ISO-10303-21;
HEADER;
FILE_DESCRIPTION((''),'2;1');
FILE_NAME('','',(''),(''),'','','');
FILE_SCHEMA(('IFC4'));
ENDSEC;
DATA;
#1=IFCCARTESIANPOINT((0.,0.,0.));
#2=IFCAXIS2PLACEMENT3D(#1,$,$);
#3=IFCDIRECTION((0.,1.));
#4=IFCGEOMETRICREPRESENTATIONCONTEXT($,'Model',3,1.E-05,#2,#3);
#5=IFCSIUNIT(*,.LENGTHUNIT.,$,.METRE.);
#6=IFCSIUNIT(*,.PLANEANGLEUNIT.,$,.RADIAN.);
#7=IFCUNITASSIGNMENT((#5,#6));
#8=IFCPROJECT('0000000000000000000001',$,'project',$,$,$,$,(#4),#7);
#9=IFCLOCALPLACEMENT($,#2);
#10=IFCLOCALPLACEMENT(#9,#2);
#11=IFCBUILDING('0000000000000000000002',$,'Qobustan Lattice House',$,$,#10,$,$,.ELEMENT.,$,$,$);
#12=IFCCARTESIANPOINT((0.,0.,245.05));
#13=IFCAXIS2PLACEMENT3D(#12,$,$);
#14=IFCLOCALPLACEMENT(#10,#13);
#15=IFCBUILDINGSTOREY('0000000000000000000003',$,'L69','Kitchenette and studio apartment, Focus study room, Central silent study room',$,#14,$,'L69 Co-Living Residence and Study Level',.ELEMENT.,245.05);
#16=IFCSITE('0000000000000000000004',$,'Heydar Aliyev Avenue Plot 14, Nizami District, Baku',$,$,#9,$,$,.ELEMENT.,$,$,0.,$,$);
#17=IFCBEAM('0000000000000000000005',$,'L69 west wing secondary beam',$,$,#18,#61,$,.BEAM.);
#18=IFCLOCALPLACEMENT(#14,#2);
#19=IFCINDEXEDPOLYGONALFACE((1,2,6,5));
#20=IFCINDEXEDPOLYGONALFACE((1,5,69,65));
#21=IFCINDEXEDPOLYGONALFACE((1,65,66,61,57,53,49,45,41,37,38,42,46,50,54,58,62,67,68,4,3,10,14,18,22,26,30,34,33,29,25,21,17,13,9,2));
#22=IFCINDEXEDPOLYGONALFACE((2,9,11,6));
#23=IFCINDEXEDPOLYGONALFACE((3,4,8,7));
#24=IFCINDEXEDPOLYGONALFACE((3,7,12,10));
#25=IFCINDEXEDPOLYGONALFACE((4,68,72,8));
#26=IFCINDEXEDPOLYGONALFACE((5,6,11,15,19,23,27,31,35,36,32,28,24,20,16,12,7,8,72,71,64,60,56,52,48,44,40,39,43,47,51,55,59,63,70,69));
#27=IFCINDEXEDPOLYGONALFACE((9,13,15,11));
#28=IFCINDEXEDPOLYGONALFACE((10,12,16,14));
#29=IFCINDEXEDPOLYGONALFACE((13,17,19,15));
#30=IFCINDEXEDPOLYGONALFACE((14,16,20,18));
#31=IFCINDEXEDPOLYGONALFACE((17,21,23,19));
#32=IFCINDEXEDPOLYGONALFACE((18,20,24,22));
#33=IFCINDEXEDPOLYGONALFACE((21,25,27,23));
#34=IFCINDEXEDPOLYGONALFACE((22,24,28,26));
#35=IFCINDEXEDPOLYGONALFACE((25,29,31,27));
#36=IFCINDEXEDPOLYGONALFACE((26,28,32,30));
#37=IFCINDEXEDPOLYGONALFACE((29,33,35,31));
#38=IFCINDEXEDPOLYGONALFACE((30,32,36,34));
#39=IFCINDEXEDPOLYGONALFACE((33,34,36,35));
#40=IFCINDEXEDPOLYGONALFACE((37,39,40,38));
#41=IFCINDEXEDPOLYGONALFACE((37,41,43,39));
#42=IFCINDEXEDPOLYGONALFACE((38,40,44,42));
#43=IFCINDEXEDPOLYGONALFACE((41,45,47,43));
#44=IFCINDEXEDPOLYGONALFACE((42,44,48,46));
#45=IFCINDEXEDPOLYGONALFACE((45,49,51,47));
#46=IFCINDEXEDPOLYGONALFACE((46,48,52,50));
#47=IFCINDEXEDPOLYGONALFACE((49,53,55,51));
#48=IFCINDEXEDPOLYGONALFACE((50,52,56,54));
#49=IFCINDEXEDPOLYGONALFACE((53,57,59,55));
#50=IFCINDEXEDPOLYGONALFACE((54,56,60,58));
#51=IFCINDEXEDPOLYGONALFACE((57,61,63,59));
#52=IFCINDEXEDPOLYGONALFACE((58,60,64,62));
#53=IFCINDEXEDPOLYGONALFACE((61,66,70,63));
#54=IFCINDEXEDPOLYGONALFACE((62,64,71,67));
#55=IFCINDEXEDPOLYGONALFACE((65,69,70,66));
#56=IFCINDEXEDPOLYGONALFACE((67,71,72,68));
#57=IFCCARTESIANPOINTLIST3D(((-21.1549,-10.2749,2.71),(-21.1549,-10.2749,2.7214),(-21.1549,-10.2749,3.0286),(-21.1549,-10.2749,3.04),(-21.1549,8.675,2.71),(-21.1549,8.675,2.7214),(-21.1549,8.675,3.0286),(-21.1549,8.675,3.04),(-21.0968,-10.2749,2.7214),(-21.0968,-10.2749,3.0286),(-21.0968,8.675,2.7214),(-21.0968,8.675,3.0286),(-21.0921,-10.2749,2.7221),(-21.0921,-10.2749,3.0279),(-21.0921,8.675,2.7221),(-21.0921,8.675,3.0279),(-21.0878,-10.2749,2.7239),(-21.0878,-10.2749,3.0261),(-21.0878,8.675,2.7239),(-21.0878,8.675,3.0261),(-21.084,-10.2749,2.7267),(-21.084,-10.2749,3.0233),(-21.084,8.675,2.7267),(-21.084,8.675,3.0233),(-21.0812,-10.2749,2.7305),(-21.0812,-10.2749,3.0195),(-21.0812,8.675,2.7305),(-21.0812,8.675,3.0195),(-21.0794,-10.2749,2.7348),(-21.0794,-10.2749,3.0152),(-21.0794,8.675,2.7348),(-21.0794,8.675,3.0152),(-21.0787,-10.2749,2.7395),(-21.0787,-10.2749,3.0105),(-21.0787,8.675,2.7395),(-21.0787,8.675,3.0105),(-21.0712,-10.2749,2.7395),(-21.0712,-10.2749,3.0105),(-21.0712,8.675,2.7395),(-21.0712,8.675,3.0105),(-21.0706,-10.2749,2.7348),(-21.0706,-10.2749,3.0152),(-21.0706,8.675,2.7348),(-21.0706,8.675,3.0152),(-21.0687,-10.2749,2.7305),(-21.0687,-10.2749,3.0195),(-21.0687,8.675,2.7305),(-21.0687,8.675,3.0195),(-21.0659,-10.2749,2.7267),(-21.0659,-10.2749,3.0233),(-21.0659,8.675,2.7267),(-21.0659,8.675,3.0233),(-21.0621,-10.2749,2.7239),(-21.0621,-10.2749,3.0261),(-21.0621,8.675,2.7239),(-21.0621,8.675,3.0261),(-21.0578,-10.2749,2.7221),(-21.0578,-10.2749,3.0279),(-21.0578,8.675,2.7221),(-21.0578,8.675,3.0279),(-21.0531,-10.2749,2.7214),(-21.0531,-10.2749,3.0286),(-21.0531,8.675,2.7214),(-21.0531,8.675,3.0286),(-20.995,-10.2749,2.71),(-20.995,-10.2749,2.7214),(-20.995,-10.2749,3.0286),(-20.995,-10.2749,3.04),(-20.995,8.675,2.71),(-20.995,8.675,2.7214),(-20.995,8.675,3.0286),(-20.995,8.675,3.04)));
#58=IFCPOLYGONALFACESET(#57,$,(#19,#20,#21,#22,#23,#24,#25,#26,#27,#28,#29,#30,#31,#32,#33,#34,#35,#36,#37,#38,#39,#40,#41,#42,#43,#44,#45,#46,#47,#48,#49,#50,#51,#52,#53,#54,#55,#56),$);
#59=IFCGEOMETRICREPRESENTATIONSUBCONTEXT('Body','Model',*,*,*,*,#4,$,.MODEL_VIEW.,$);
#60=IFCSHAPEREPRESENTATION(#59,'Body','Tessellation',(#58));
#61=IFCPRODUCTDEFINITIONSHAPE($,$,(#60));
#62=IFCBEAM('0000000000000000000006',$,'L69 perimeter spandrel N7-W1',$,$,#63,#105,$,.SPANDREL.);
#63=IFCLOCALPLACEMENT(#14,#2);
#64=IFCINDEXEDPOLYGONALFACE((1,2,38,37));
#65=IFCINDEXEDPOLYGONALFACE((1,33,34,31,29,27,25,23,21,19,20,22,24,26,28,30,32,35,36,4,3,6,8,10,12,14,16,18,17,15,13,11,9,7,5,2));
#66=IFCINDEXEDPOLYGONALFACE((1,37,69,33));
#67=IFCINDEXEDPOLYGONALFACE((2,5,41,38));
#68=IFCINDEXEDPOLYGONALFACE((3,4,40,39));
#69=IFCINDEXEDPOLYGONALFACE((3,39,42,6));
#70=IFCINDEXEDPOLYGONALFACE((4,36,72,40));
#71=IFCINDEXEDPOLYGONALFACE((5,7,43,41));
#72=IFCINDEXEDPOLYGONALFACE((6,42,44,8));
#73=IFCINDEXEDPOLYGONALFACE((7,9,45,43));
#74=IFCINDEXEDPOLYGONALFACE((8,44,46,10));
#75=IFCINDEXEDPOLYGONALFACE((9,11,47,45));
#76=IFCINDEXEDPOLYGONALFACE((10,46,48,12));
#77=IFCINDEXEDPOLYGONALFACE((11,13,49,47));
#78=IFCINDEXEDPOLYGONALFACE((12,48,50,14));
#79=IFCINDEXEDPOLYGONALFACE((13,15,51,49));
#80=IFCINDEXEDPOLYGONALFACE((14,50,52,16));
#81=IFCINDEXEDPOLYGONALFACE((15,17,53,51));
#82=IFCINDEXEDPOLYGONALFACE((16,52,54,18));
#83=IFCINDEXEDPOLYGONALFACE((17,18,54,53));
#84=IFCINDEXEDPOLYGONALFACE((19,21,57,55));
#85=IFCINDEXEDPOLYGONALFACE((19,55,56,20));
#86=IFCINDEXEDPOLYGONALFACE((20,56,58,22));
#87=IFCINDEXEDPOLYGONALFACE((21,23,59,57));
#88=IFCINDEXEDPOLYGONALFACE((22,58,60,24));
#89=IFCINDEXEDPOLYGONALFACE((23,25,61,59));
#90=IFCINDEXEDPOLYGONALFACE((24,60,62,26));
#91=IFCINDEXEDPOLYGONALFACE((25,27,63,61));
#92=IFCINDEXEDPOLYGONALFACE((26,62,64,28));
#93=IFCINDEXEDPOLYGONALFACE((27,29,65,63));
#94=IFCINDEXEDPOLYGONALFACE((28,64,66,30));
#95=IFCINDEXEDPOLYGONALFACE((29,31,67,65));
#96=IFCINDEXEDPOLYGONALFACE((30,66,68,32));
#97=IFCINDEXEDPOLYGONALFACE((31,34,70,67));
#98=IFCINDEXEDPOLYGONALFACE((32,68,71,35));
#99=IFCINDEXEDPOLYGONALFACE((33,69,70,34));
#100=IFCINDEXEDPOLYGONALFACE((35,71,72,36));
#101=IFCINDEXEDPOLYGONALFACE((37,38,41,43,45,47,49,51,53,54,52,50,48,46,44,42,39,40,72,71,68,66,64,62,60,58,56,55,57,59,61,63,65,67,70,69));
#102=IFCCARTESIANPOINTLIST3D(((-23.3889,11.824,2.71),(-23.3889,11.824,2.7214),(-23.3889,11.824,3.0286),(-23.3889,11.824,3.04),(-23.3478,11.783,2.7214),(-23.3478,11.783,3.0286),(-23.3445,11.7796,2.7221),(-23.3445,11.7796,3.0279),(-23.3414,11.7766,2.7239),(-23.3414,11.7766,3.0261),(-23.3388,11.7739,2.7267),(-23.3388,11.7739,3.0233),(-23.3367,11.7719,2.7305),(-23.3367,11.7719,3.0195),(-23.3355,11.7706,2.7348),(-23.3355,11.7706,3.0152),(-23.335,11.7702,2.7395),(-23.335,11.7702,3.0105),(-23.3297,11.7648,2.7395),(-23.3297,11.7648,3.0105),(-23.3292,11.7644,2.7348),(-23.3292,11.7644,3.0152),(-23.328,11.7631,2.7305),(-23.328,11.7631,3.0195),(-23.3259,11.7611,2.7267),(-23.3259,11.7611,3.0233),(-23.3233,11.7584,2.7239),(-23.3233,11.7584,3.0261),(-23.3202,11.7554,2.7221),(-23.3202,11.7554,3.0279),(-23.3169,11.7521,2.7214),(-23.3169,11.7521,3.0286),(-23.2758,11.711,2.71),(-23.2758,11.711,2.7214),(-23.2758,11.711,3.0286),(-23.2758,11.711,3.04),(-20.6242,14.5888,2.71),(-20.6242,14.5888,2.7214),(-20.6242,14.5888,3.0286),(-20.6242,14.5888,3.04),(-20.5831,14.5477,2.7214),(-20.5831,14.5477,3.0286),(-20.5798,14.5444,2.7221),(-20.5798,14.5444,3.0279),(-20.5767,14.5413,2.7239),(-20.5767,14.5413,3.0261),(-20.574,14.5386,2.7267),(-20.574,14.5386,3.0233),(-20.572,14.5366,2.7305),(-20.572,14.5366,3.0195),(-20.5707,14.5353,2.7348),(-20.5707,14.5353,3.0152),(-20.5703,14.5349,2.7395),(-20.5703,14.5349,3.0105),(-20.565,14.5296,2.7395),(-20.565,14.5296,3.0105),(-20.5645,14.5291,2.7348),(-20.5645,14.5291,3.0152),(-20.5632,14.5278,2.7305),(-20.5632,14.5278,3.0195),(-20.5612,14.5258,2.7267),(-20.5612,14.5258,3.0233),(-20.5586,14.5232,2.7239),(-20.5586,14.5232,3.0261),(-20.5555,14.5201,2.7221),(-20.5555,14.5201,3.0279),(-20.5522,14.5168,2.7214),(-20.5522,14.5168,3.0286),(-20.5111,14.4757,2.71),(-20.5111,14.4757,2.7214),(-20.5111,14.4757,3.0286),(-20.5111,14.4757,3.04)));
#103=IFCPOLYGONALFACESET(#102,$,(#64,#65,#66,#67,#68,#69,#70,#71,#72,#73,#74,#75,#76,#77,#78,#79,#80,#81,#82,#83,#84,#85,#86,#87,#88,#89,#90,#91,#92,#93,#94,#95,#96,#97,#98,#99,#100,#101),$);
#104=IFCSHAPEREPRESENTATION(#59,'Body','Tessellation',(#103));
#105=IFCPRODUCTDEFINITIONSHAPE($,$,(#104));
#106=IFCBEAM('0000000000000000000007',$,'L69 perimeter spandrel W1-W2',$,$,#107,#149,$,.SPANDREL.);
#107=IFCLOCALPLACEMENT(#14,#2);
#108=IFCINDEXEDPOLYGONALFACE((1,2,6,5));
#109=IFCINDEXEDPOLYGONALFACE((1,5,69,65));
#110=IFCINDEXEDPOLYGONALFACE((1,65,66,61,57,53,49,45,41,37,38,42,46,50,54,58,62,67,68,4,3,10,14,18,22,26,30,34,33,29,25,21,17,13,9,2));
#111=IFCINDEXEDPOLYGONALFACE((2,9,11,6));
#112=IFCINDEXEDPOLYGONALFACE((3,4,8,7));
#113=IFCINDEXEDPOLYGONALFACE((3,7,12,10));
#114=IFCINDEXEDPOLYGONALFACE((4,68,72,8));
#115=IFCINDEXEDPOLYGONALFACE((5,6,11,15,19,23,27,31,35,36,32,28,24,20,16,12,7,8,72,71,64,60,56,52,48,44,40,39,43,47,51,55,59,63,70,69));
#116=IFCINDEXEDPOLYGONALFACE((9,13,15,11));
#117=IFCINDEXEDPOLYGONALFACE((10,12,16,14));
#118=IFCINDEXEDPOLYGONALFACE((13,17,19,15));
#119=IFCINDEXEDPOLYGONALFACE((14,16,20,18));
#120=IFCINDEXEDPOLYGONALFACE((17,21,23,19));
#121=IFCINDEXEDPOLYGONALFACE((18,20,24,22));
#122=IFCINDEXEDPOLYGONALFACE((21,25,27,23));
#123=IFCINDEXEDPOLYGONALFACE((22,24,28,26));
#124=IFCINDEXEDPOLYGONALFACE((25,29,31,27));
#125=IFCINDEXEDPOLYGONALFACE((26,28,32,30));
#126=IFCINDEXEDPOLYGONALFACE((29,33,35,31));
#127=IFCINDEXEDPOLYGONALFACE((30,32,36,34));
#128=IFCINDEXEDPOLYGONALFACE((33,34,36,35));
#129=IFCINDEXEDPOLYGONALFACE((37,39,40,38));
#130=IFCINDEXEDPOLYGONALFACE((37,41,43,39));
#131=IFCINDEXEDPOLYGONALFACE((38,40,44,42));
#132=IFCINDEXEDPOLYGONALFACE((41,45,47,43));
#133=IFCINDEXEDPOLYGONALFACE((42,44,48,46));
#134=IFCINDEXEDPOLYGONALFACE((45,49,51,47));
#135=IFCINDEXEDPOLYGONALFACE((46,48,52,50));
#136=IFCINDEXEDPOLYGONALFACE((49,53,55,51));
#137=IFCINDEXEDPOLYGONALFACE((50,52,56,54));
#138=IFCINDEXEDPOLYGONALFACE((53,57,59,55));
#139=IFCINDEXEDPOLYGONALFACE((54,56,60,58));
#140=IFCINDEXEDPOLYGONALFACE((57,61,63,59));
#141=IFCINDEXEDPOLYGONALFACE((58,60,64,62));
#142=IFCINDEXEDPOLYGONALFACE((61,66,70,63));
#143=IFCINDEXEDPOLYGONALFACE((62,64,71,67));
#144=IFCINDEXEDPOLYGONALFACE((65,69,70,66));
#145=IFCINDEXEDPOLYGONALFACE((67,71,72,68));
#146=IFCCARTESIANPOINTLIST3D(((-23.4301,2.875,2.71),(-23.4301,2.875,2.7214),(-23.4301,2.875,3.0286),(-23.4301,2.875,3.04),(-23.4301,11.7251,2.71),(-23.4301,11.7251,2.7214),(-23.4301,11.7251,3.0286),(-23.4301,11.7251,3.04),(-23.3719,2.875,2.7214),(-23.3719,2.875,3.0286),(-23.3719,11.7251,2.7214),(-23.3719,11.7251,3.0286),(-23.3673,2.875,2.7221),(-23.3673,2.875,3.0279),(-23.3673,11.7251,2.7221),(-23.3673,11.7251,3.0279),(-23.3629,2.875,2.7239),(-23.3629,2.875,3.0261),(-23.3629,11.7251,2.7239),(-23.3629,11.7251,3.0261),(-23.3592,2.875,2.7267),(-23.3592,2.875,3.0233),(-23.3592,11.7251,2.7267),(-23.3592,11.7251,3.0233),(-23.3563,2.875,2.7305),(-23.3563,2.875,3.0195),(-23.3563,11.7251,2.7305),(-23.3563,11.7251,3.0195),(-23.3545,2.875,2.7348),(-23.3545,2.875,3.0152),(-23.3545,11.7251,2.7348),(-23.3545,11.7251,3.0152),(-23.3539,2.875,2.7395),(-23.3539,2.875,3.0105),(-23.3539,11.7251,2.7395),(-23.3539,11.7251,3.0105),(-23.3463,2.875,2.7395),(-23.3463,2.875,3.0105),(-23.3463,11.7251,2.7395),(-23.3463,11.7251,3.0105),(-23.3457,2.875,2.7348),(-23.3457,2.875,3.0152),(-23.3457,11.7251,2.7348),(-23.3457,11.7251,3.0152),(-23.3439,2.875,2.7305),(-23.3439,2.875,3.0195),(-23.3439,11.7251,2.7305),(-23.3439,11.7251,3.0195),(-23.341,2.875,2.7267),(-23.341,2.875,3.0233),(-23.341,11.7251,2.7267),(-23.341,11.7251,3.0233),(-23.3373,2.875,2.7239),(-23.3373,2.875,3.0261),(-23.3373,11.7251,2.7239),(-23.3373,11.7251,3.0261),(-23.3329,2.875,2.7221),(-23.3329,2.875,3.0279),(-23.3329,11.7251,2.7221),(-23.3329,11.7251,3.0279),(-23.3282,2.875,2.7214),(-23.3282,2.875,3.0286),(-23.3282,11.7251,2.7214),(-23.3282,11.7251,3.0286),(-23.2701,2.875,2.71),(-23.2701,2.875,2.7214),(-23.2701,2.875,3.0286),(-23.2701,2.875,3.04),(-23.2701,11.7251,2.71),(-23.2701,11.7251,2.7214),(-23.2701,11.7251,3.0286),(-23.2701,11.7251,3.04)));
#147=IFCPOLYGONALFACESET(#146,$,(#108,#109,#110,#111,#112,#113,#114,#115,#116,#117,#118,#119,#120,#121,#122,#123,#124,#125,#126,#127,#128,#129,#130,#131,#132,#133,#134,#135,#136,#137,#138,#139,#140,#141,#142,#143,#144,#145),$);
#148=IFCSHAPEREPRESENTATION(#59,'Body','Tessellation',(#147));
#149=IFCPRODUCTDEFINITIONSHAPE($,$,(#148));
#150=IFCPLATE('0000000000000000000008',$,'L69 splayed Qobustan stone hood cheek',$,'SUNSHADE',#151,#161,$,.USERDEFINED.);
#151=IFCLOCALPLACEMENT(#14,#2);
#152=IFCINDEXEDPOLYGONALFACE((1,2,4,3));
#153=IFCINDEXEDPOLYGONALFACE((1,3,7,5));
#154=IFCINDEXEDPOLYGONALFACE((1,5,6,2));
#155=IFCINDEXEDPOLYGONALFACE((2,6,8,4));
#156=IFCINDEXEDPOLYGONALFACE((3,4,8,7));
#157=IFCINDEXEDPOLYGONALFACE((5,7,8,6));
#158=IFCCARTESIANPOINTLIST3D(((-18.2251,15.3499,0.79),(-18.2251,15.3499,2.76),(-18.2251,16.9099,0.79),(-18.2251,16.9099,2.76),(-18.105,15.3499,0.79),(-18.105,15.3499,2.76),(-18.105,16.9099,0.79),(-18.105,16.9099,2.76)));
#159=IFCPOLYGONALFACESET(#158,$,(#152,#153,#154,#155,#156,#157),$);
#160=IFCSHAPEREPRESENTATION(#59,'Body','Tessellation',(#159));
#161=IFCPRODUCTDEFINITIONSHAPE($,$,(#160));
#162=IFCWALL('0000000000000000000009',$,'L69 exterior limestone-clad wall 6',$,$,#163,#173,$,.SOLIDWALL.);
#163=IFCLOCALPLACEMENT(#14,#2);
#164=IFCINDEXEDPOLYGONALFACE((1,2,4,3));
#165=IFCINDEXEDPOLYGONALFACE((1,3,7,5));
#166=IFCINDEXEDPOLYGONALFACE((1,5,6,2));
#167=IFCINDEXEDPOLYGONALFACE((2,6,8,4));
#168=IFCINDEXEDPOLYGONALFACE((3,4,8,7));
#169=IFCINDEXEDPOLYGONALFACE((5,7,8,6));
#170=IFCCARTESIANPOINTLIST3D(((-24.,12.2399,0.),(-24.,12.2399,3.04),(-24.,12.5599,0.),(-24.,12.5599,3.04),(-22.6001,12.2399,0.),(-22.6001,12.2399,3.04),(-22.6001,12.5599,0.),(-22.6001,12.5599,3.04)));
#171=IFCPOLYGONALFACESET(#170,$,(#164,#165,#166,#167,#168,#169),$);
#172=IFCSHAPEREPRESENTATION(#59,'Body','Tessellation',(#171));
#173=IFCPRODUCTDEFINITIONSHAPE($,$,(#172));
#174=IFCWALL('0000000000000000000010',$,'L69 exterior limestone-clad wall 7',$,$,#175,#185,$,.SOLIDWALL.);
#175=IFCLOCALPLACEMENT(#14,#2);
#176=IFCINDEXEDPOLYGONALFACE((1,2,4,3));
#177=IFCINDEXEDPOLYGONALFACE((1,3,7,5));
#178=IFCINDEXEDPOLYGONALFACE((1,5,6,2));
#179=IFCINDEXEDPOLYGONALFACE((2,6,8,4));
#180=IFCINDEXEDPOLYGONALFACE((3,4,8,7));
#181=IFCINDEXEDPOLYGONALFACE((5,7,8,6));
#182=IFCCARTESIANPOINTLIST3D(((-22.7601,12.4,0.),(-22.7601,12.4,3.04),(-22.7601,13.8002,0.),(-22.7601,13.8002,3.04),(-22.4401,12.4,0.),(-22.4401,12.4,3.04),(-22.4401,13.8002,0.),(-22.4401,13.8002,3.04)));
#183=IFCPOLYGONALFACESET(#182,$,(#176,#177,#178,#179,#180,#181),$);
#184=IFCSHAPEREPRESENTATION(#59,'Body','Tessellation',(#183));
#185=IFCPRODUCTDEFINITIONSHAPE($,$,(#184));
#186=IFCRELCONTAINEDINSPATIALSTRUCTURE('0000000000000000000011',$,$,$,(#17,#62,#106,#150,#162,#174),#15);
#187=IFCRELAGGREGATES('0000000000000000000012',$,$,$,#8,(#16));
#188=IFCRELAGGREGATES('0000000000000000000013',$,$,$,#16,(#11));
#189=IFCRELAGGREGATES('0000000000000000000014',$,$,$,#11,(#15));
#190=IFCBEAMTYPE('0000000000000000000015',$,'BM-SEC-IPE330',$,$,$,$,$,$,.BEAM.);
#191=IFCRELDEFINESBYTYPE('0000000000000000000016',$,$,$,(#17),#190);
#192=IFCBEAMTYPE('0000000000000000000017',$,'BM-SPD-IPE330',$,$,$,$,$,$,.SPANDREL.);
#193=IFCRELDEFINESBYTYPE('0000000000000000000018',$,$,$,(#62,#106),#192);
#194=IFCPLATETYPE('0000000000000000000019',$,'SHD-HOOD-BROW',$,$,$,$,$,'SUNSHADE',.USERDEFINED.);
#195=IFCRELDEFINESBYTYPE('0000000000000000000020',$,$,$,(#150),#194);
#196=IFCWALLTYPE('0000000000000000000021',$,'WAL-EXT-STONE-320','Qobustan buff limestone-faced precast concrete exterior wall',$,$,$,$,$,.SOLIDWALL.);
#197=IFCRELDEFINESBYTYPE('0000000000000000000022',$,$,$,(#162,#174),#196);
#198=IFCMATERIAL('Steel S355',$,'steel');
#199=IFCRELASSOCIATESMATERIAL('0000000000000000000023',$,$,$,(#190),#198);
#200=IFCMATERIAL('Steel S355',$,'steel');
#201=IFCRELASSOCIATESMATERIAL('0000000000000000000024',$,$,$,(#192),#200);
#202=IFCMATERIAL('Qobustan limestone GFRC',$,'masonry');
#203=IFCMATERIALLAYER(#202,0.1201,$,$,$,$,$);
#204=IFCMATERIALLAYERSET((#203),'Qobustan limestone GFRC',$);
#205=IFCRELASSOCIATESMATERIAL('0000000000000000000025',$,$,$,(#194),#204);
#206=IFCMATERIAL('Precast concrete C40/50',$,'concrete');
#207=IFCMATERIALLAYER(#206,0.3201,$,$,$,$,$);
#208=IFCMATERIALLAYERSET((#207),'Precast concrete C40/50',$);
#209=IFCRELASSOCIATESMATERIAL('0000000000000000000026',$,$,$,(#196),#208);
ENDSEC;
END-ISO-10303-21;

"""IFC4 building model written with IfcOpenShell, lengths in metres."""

from ifc_helpers import new_model, si_unit, direction, frame, frame_2d, origin, origin_2d, place, context, subcontext, project, spatial, rectangle, i_section, extrude, material, layer, layer_set, material_profile, profile_set, type_object, element, save


model = new_model("IFC4")

# Units and contexts
model_context = context("Model", 3, precision=1e-05, world=origin(), true_north=direction((0.0, 1.0)))
body_context = subcontext(model_context, "Body", "Model", "MODEL_VIEW")
ifc_project = project(units=[si_unit("LENGTHUNIT", "METRE"), si_unit("PLANEANGLEUNIT", "RADIAN")], contexts=[model_context])

# Site, building, storey
site_placement = place(None, origin())
site = spatial("IfcSite", under=ifc_project, at=site_placement, Name="Heydar Aliyev Avenue Plot 14, Nizami District, Baku", CompositionType="ELEMENT", RefElevation=0.0)
building_placement = place(site_placement, origin())
building = spatial("IfcBuilding", under=site, at=building_placement, Name="Qobustan Lattice House", CompositionType="ELEMENT")
storey_placement = place(building_placement, frame((0.0, 0.0, 245.05)))
storey = spatial("IfcBuildingStorey", under=building, at=storey_placement, Name="L69", Description="Kitchenette and studio apartment, Focus study room, Central silent study room", LongName="L69 Co-Living Residence and Study Level", CompositionType="ELEMENT", Elevation=245.05)

# Beams
ifc_material_1 = material(Name="Steel S355", Category="steel")
ifc_material_profile_1 = material_profile(ifc_material_1, i_section(OverallWidth=0.1599, OverallDepth=0.3301, WebThickness=0.0076, FlangeThickness=0.0115, FilletRadius=0.0181, at=origin_2d()), Name="IPE330")
ifc_profile_set_1 = profile_set([ifc_material_profile_1], Name="Steel S355")
beam_type_1 = type_object("IfcBeamType", Name="BM-SEC-IPE330", PredefinedType="BEAM", material=ifc_profile_set_1)
beam_1_placement = place(storey_placement, frame((-21.075, 8.675, 2.875), z_axis=(0.0, -1.0, 0.0), x_axis=(1.0, 0.0, 0.0)))
element("IfcBeam", 1, at=beam_1_placement, inside=storey, type_object=beam_type_1, Name="L69 west wing secondary beam", PredefinedType="BEAM", context=body_context, shape_type="SweptSolid", body=[
    extrude(i_section(OverallWidth=0.1599, OverallDepth=0.3301, WebThickness=0.0076, FlangeThickness=0.0115, FilletRadius=0.0181, at=origin_2d()), origin(), (0.0, 0.0, 1.0), 18.95),
])
ifc_material_2 = material(Name="Steel S355", Category="steel")
ifc_material_profile_2 = material_profile(ifc_material_2, i_section(OverallWidth=0.1599, OverallDepth=0.3301, WebThickness=0.0076, FlangeThickness=0.0115, FilletRadius=0.0181, at=origin_2d()), Name="IPE330")
ifc_profile_set_2 = profile_set([ifc_material_profile_2], Name="Steel S355")
beam_type_2 = type_object("IfcBeamType", Name="BM-SPD-IPE330", PredefinedType="SPANDREL", material=ifc_profile_set_2)
beam_2_placement = place(storey_placement, frame((-20.5676, 14.5322, 2.875), z_axis=(-0.707107, -0.707107, 0.0), x_axis=(0.707107, -0.707107, 0.0)))
element("IfcBeam", 2, at=beam_2_placement, inside=storey, type_object=beam_type_2, Name="L69 perimeter spandrel N7-W1", PredefinedType="SPANDREL", context=body_context, shape_type="SweptSolid", body=[
    extrude(i_section(OverallWidth=0.1599, OverallDepth=0.3301, WebThickness=0.0076, FlangeThickness=0.0115, FilletRadius=0.0181, at=origin_2d()), origin(), (0.0, 0.0, 1.0), 3.9099),
])
beam_3_placement = place(storey_placement, frame((-23.3501, 11.7251, 2.875), z_axis=(0.0, -1.0, 0.0), x_axis=(1.0, 0.0, 0.0)))
element("IfcBeam", 3, at=beam_3_placement, inside=storey, type_object=beam_type_2, Name="L69 perimeter spandrel W1-W2", PredefinedType="SPANDREL", context=body_context, shape_type="SweptSolid", body=[
    extrude(i_section(OverallWidth=0.1599, OverallDepth=0.3301, WebThickness=0.0076, FlangeThickness=0.0115, FilletRadius=0.0181, at=origin_2d()), origin(), (0.0, 0.0, 1.0), 8.8501),
])

# Plate
ifc_material_3 = material(Name="Qobustan limestone GFRC", Category="masonry")
ifc_layer_1 = layer(ifc_material_3, 0.1201)
ifc_layer_set_1 = layer_set([ifc_layer_1], Name="Qobustan limestone GFRC")
plate_type = type_object("IfcPlateType", Name="SHD-HOOD-BROW", ElementType="SUNSHADE", PredefinedType="USERDEFINED", material=ifc_layer_set_1)
plate_placement = place(storey_placement, frame((-18.165, 16.1299, 0.79), z_axis=(0.0, 0.0, 1.0), x_axis=(1.0, 0.0, 0.0)))
element("IfcPlate", 4, at=plate_placement, inside=storey, type_object=plate_type, Name="L69 splayed Qobustan stone hood cheek", ObjectType="SUNSHADE", PredefinedType="USERDEFINED", context=body_context, shape_type="SweptSolid", body=[
    extrude(rectangle(XDim=0.1201, YDim=1.5601, at=origin_2d()), origin(), (0.0, 0.0, 1.0), 1.97),
])

# Walls
ifc_material_4 = material(Name="Precast concrete C40/50", Category="concrete")
ifc_layer_2 = layer(ifc_material_4, 0.3201)
ifc_layer_set_2 = layer_set([ifc_layer_2], Name="Precast concrete C40/50")
wall_type_1 = type_object("IfcWallType", Name="WAL-EXT-STONE-320", Description="Qobustan buff limestone-faced precast concrete exterior wall", PredefinedType="SOLIDWALL", material=ifc_layer_set_2)
wall_1_placement = place(storey_placement, frame((-24.0, 12.3999, 0.0), z_axis=(0.0, 0.0, 1.0), x_axis=(1.0, 0.0, 0.0)))
element("IfcWall", 5, at=wall_1_placement, inside=storey, type_object=wall_type_1, Name="L69 exterior limestone-clad wall 6", PredefinedType="SOLIDWALL", context=body_context, shape_type="SweptSolid", body=[
    extrude(rectangle(XDim=1.3999, YDim=0.3201, at=frame_2d((0.7, 0.0))), origin(), (0.0, 0.0, 1.0), 3.04),
])
for number, where, z_axis, x_axis, name in (
    (6, (-22.6001, 12.3999, 0.0), (0.0, 0.0, 1.0), (0.0, 1.0, 0.0), "L69 exterior limestone-clad wall 7"),
):
    element("IfcWall", number, at=place(storey_placement, frame(where, z_axis=z_axis, x_axis=x_axis)), inside=storey, type_object=wall_type_1, Name=name, PredefinedType="SOLIDWALL", context=body_context, shape_type="SweptSolid", body=[
        extrude(rectangle(XDim=1.4001, YDim=0.3201, at=frame_2d((0.7002, 0.0))), origin(), (0.0, 0.0, 1.0), 3.04),
    ])

save(model, "model.ifc")
